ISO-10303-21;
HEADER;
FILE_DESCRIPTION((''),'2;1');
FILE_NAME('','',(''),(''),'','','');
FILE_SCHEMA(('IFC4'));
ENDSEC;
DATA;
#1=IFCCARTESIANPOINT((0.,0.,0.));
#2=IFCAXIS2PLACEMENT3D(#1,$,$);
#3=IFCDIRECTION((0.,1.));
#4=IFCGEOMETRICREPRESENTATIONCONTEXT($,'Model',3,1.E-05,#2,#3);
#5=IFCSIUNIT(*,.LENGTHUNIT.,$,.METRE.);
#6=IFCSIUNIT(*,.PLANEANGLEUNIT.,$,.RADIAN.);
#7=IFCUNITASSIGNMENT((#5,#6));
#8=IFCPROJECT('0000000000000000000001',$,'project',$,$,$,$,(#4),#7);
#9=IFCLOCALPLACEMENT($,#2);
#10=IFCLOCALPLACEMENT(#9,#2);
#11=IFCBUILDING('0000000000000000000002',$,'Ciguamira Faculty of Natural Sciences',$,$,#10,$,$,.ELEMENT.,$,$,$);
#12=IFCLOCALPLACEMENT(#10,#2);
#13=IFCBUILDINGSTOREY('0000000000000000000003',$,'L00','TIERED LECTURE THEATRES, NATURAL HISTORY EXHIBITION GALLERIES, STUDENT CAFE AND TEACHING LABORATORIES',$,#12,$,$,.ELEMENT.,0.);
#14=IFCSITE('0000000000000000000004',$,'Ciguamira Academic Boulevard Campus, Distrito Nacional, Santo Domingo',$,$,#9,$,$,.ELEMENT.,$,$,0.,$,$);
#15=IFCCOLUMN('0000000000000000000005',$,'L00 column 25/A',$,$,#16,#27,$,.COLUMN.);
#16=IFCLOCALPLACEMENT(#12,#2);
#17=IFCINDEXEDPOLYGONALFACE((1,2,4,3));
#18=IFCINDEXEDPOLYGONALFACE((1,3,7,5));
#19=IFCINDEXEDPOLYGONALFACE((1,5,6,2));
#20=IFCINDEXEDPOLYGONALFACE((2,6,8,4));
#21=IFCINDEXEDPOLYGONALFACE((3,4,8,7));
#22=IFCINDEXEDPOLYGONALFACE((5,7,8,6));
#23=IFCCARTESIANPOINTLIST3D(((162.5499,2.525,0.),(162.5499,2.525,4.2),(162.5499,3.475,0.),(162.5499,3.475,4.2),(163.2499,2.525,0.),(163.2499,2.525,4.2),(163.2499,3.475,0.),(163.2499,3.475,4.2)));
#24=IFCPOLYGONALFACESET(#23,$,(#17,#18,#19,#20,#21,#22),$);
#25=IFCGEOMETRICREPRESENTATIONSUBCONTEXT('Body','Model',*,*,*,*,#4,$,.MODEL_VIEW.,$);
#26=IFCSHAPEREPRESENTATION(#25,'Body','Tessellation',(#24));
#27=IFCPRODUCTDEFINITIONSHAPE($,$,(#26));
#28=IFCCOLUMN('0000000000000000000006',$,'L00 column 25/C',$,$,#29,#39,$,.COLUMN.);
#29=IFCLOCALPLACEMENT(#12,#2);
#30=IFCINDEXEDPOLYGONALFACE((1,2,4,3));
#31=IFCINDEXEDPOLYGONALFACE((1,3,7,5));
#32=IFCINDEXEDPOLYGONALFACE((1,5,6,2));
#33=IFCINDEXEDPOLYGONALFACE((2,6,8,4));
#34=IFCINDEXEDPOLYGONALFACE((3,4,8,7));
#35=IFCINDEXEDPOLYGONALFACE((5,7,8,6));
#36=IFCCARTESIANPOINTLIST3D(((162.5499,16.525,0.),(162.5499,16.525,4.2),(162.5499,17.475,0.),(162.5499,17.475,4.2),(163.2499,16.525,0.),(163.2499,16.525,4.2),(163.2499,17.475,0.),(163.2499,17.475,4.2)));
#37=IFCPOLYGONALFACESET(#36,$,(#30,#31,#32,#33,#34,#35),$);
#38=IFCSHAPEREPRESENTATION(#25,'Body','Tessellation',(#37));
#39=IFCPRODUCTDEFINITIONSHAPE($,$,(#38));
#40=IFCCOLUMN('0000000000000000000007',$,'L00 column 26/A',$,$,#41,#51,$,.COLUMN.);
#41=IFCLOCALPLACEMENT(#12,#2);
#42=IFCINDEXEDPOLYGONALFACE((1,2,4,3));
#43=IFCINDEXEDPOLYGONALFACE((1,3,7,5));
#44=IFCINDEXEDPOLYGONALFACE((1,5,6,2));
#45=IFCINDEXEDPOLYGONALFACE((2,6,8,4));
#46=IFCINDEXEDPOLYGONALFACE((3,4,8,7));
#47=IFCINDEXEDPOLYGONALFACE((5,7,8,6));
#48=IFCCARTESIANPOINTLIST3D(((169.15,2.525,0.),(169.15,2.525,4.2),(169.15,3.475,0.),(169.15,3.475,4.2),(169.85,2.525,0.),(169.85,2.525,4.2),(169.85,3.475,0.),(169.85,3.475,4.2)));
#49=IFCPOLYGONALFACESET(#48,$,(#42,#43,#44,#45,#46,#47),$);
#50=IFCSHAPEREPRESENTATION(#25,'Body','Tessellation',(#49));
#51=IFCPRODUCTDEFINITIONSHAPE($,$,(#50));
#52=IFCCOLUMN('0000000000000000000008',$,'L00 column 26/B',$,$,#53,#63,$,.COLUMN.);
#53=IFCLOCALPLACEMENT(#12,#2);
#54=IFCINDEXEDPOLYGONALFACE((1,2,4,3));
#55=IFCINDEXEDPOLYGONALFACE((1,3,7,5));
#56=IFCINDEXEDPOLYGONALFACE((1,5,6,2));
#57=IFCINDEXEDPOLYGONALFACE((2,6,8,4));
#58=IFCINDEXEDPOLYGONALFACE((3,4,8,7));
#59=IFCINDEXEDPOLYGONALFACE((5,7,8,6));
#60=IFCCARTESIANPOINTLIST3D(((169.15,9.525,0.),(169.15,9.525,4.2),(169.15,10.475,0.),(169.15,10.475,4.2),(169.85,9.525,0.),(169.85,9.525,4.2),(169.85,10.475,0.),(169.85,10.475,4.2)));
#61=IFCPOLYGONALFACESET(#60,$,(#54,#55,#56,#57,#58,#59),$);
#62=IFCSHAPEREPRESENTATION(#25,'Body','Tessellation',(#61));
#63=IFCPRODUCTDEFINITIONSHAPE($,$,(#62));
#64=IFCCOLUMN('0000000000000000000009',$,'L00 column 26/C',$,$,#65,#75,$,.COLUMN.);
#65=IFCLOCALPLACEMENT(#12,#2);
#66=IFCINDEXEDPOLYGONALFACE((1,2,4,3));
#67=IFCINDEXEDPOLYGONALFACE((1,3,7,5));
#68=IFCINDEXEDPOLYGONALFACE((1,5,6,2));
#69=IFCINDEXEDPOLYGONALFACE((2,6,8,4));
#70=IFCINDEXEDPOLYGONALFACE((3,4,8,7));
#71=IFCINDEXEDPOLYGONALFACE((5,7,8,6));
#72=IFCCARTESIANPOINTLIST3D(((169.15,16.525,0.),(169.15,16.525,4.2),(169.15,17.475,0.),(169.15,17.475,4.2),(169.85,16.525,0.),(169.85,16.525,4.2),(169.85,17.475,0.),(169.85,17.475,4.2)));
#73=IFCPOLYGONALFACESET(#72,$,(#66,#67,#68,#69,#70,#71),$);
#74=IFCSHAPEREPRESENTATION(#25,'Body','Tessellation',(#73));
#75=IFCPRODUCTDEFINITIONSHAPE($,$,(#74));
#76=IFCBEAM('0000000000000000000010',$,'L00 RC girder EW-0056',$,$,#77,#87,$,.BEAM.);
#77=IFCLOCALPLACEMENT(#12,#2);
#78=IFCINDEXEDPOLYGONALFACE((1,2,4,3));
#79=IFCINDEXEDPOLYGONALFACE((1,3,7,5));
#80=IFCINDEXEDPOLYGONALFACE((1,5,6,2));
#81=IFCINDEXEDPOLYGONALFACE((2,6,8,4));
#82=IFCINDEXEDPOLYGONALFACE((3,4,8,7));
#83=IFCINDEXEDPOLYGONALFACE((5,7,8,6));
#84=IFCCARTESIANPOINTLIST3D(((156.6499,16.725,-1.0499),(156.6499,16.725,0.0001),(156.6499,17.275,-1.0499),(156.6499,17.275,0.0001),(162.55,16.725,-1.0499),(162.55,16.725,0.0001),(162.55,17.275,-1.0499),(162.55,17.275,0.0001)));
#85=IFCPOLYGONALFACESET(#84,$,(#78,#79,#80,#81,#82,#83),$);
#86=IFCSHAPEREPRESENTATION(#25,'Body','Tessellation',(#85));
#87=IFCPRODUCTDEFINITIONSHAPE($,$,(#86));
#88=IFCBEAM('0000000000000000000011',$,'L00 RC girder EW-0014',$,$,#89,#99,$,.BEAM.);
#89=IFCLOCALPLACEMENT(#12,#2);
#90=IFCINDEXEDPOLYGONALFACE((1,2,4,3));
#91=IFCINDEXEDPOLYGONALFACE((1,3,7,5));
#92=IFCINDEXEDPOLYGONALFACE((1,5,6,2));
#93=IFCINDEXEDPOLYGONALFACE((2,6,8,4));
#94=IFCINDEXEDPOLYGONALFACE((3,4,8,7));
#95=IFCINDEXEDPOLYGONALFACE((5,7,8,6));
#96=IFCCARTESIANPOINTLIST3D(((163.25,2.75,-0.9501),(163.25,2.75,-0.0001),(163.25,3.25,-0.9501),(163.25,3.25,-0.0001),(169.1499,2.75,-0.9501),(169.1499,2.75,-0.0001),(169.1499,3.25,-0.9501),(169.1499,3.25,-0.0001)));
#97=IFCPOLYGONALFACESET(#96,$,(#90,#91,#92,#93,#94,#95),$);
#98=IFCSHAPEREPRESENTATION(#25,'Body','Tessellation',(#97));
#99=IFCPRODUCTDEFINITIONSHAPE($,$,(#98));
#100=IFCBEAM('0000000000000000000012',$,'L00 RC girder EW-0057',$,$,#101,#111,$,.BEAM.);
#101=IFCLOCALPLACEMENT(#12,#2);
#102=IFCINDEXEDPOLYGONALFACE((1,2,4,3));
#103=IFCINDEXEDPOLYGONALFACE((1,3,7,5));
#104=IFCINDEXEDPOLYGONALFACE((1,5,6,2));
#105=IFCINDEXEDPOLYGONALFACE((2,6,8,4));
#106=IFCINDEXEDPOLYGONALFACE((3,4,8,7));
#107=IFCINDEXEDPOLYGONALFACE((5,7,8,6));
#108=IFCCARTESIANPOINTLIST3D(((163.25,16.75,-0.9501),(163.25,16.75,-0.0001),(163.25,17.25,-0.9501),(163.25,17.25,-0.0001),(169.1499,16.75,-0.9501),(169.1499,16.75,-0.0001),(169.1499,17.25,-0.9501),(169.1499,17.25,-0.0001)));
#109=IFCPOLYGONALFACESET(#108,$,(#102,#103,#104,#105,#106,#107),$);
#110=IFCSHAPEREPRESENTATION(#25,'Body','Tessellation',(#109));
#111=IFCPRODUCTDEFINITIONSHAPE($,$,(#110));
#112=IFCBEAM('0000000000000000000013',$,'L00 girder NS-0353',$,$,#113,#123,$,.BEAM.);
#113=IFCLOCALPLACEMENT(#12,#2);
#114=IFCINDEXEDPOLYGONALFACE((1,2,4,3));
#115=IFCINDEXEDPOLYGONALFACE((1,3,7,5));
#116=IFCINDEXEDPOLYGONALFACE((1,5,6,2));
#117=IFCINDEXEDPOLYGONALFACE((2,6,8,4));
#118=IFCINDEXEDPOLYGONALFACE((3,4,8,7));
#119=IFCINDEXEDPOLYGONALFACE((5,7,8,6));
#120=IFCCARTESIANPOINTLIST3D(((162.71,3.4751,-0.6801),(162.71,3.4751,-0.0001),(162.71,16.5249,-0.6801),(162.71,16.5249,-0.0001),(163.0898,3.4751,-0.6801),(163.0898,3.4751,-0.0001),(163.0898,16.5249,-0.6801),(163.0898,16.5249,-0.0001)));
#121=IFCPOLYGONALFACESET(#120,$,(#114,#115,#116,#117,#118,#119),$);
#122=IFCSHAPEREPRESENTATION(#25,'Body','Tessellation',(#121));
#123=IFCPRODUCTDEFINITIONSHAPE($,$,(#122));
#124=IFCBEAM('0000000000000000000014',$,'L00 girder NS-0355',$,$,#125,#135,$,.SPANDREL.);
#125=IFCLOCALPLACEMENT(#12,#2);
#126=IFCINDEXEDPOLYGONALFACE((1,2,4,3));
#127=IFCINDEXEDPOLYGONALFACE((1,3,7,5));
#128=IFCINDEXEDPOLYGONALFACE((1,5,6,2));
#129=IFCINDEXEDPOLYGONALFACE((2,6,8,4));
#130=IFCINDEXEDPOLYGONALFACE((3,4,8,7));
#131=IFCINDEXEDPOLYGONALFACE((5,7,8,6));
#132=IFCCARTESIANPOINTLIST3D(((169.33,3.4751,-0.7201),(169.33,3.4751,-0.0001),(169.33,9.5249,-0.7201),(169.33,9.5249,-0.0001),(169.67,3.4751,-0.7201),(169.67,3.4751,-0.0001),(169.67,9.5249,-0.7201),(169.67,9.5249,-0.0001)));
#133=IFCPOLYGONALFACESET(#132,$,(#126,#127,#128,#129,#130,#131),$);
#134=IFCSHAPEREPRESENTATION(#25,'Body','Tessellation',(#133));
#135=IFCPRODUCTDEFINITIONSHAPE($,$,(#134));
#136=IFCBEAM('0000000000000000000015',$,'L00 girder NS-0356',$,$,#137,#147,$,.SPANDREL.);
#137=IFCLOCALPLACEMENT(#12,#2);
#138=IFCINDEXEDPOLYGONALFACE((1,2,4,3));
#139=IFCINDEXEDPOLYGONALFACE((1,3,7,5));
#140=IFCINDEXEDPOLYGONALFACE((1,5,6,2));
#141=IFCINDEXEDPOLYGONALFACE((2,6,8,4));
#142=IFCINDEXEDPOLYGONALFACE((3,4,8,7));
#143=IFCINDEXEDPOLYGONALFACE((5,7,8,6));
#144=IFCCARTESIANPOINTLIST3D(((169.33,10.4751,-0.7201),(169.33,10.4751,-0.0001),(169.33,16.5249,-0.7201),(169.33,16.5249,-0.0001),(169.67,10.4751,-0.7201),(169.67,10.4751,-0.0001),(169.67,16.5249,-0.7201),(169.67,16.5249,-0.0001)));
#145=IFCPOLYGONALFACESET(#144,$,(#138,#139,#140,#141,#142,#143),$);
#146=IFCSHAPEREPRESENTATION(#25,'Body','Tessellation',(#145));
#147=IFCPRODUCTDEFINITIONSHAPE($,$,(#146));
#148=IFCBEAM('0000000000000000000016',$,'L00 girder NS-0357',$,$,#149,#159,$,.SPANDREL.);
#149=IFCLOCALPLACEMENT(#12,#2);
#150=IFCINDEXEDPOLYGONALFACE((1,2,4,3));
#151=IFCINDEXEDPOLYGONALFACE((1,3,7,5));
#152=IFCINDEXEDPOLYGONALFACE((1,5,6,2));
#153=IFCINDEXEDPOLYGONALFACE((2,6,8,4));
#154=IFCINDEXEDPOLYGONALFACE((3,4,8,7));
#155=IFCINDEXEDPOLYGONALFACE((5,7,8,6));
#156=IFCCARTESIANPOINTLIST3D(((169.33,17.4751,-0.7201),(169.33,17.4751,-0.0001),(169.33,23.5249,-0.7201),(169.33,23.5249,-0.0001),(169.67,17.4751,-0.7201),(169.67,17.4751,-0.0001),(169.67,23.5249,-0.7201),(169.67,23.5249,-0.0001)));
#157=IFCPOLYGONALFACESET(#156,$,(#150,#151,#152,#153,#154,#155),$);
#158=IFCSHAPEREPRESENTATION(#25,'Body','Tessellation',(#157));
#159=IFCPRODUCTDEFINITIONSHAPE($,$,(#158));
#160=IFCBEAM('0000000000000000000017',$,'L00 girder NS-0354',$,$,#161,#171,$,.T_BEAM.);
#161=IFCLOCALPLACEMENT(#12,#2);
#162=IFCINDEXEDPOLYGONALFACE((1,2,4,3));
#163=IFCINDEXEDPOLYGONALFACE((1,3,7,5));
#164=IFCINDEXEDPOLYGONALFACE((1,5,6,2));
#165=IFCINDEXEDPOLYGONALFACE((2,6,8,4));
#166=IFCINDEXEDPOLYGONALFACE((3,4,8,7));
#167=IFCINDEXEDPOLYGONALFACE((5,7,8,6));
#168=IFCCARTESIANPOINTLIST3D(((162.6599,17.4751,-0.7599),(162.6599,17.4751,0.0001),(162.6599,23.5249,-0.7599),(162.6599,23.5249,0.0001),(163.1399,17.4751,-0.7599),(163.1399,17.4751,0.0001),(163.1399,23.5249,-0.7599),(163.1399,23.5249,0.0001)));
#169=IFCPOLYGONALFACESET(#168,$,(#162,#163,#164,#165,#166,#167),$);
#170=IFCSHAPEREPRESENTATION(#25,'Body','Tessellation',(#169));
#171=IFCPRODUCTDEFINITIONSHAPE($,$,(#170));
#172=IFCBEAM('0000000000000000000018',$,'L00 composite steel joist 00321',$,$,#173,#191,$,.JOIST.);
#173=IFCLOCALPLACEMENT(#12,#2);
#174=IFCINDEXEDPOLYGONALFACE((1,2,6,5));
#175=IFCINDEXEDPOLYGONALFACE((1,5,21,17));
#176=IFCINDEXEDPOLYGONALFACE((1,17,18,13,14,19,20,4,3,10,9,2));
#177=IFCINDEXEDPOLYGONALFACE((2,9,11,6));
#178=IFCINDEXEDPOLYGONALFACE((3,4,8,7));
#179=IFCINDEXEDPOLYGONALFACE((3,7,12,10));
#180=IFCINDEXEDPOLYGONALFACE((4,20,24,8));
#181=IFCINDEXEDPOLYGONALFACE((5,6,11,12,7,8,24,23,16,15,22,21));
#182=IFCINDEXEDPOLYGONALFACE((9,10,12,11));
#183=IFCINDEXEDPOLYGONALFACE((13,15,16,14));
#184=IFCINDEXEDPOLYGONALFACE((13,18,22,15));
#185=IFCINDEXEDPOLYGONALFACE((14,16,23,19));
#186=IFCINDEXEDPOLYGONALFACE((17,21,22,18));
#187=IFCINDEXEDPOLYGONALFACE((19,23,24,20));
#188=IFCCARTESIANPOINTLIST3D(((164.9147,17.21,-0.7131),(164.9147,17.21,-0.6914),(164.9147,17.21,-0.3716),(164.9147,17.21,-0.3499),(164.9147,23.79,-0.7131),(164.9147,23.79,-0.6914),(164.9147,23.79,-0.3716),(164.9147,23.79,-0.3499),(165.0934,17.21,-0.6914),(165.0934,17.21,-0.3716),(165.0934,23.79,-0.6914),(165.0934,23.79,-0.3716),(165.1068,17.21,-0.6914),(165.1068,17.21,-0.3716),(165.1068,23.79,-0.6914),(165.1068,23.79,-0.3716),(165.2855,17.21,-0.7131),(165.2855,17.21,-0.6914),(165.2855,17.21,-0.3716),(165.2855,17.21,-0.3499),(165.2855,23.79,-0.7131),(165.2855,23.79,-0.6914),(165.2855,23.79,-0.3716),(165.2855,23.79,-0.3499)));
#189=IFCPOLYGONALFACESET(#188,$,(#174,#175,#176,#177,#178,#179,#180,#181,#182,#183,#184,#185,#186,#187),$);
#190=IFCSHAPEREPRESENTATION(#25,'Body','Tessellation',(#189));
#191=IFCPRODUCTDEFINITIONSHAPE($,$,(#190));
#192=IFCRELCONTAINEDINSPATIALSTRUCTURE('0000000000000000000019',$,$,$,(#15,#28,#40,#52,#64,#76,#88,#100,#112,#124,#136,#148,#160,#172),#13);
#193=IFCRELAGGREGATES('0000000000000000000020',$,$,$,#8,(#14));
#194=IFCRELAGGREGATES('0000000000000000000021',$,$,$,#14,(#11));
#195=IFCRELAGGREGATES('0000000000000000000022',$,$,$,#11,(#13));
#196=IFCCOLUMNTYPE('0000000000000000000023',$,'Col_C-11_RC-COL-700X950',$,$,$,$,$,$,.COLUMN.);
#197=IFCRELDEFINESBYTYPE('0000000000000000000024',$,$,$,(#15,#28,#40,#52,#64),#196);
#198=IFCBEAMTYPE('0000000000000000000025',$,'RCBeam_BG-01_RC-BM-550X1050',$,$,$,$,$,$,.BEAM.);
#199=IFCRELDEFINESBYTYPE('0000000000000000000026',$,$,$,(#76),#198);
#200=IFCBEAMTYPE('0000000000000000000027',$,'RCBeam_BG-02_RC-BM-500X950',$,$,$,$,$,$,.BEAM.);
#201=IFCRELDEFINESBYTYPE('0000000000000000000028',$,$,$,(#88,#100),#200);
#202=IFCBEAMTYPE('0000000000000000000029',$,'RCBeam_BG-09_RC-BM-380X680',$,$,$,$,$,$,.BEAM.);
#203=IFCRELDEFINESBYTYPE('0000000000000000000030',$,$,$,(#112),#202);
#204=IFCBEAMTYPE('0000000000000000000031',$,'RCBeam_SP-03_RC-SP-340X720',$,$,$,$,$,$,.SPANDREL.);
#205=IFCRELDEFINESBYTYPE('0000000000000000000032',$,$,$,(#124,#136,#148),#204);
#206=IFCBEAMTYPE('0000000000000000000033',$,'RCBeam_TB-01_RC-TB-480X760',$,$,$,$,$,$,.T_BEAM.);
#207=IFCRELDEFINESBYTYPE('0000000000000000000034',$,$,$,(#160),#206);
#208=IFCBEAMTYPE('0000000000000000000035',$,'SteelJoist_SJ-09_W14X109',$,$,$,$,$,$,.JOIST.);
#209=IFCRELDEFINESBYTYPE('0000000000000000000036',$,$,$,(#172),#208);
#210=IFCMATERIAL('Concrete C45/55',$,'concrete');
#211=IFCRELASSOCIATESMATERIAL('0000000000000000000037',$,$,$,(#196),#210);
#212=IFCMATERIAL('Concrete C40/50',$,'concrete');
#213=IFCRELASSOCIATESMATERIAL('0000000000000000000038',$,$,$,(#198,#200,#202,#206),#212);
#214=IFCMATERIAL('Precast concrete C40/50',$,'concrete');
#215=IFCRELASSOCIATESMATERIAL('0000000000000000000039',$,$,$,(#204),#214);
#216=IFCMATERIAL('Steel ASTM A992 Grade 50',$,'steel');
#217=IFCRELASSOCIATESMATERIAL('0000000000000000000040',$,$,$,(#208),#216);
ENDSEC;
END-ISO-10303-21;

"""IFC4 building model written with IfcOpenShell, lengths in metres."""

from ifc_helpers import new_model, si_unit, direction, frame, origin, origin_2d, place, context, subcontext, project, spatial, rectangle, i_section, extrude, material, material_profile, profile_set, type_object, element, save


model = new_model("IFC4")

# Units and contexts
model_context = context("Model", 3, precision=1e-05, world=origin(), true_north=direction((0.0, 1.0)))
body_context = subcontext(model_context, "Body", "Model", "MODEL_VIEW")
ifc_project = project(units=[si_unit("LENGTHUNIT", "METRE"), si_unit("PLANEANGLEUNIT", "RADIAN")], contexts=[model_context])

# Site, building, storey
site_placement = place(None, origin())
site = spatial("IfcSite", under=ifc_project, at=site_placement, Name="Ciguamira Academic Boulevard Campus, Distrito Nacional, Santo Domingo", CompositionType="ELEMENT", RefElevation=0.0)
building_placement = place(site_placement, origin())
building = spatial("IfcBuilding", under=site, at=building_placement, Name="Ciguamira Faculty of Natural Sciences", CompositionType="ELEMENT")
storey_placement = place(building_placement, origin())
storey = spatial("IfcBuildingStorey", under=building, at=storey_placement, Name="L00", Description="TIERED LECTURE THEATRES, NATURAL HISTORY EXHIBITION GALLERIES, STUDENT CAFE AND TEACHING LABORATORIES", CompositionType="ELEMENT", Elevation=0.0)

# Columns
ifc_material_1 = material(Name="Concrete C45/55", Category="concrete")
ifc_material_profile_1 = material_profile(ifc_material_1, rectangle(XDim=0.7, YDim=0.95, at=origin_2d()), Name="RC-COL-700X950")
ifc_profile_set_1 = profile_set([ifc_material_profile_1], Name="Concrete C45/55")
column_type = type_object("IfcColumnType", Name="Col_C-11_RC-COL-700X950", PredefinedType="COLUMN", material=ifc_profile_set_1)
for number, where, z_axis, x_axis, name in (
    (1, (162.8999, 3.0, 0.0), (0.0, 0.0, 1.0), (1.0, 0.0, 0.0), "L00 column 25/A"),
    (2, (162.8999, 17.0, 0.0), (0.0, 0.0, 1.0), (1.0, 0.0, 0.0), "L00 column 25/C"),
    (3, (169.5, 3.0, 0.0), (0.0, 0.0, 1.0), (1.0, 0.0, 0.0), "L00 column 26/A"),
    (4, (169.5, 10.0, 0.0), (0.0, 0.0, 1.0), (1.0, 0.0, 0.0), "L00 column 26/B"),
    (5, (169.5, 17.0, 0.0), (0.0, 0.0, 1.0), (1.0, 0.0, 0.0), "L00 column 26/C"),
):
    element("IfcColumn", number, at=place(storey_placement, frame(where, z_axis=z_axis, x_axis=x_axis)), inside=storey, type_object=column_type, Name=name, PredefinedType="COLUMN", context=body_context, shape_type="SweptSolid", body=[
        extrude(rectangle(XDim=0.7, YDim=0.95, at=origin_2d()), origin(), (0.0, 0.0, 1.0), 4.2),
    ])

# Beams
ifc_material_2 = material(Name="Concrete C40/50", Category="concrete")
ifc_material_profile_2 = material_profile(ifc_material_2, rectangle(XDim=0.55, YDim=1.05, at=origin_2d()), Name="RC-BM-550X1050")
ifc_profile_set_2 = profile_set([ifc_material_profile_2], Name="Concrete C40/50")
beam_type_1 = type_object("IfcBeamType", Name="RCBeam_BG-01_RC-BM-550X1050", PredefinedType="BEAM", material=ifc_profile_set_2)
beam_1_placement = place(storey_placement, frame((156.6499, 17.0, -0.5249), z_axis=(1.0, 0.0, 0.0), x_axis=(0.0, 1.0, 0.0)))
element("IfcBeam", 6, at=beam_1_placement, inside=storey, type_object=beam_type_1, Name="L00 RC girder EW-0056", PredefinedType="BEAM", context=body_context, shape_type="SweptSolid", body=[
    extrude(rectangle(XDim=0.55, YDim=1.05, at=origin_2d()), origin(), (0.0, 0.0, 1.0), 5.9001),
])
ifc_material_profile_3 = material_profile(ifc_material_2, rectangle(XDim=0.5, YDim=0.95, at=origin_2d()), Name="RC-BM-500X950")
ifc_profile_set_3 = profile_set([ifc_material_profile_3], Name="Concrete C40/50")
beam_type_2 = type_object("IfcBeamType", Name="RCBeam_BG-02_RC-BM-500X950", PredefinedType="BEAM", material=ifc_profile_set_3)
for number, where, z_axis, x_axis, name in (
    (7, (163.25, 3.0, -0.4751), (1.0, 0.0, 0.0), (0.0, 1.0, 0.0), "L00 RC girder EW-0014"),
    (8, (163.25, 17.0, -0.4751), (1.0, 0.0, 0.0), (0.0, 1.0, 0.0), "L00 RC girder EW-0057"),
):
    element("IfcBeam", number, at=place(storey_placement, frame(where, z_axis=z_axis, x_axis=x_axis)), inside=storey, type_object=beam_type_2, Name=name, PredefinedType="BEAM", context=body_context, shape_type="SweptSolid", body=[
        extrude(rectangle(XDim=0.5, YDim=0.95, at=origin_2d()), origin(), (0.0, 0.0, 1.0), 5.8999),
    ])
ifc_material_profile_4 = material_profile(ifc_material_2, rectangle(XDim=0.3799, YDim=0.6799, at=origin_2d()), Name="RC-BM-380X680")
ifc_profile_set_4 = profile_set([ifc_material_profile_4], Name="Concrete C40/50")
beam_type_3 = type_object("IfcBeamType", Name="RCBeam_BG-09_RC-BM-380X680", PredefinedType="BEAM", material=ifc_profile_set_4)
beam_2_placement = place(storey_placement, frame((162.8999, 3.4751, -0.3401), z_axis=(0.0, 1.0, 0.0), x_axis=(-1.0, 0.0, 0.0)))
element("IfcBeam", 9, at=beam_2_placement, inside=storey, type_object=beam_type_3, Name="L00 girder NS-0353", PredefinedType="BEAM", context=body_context, shape_type="SweptSolid", body=[
    extrude(rectangle(XDim=0.3799, YDim=0.6799, at=origin_2d()), origin(), (0.0, 0.0, 1.0), 13.0498),
])
ifc_material_3 = material(Name="Precast concrete C40/50", Category="concrete")
ifc_material_profile_5 = material_profile(ifc_material_3, rectangle(XDim=0.3401, YDim=0.72, at=origin_2d()), Name="RC-SP-340X720")
ifc_profile_set_5 = profile_set([ifc_material_profile_5], Name="Precast concrete C40/50")
beam_type_4 = type_object("IfcBeamType", Name="RCBeam_SP-03_RC-SP-340X720", PredefinedType="SPANDREL", material=ifc_profile_set_5)
for number, where, z_axis, x_axis, name in (
    (10, (169.5, 3.4751, -0.3601), (0.0, 1.0, 0.0), (-1.0, 0.0, 0.0), "L00 girder NS-0355"),
    (11, (169.5, 10.4751, -0.3601), (0.0, 1.0, 0.0), (-1.0, 0.0, 0.0), "L00 girder NS-0356"),
    (12, (169.5, 17.4751, -0.3601), (0.0, 1.0, 0.0), (-1.0, 0.0, 0.0), "L00 girder NS-0357"),
):
    element("IfcBeam", number, at=place(storey_placement, frame(where, z_axis=z_axis, x_axis=x_axis)), inside=storey, type_object=beam_type_4, Name=name, PredefinedType="SPANDREL", context=body_context, shape_type="SweptSolid", body=[
        extrude(rectangle(XDim=0.3401, YDim=0.72, at=origin_2d()), origin(), (0.0, 0.0, 1.0), 6.0498),
    ])
ifc_material_profile_6 = material_profile(ifc_material_2, rectangle(XDim=0.48, YDim=0.76, at=origin_2d()), Name="RC-TB-480X760")
ifc_profile_set_6 = profile_set([ifc_material_profile_6], Name="Concrete C40/50")
beam_type_5 = type_object("IfcBeamType", Name="RCBeam_TB-01_RC-TB-480X760", PredefinedType="T_BEAM", material=ifc_profile_set_6)
beam_3_placement = place(storey_placement, frame((162.8999, 17.4751, -0.3799), z_axis=(0.0, 1.0, 0.0), x_axis=(-1.0, 0.0, 0.0)))
element("IfcBeam", 13, at=beam_3_placement, inside=storey, type_object=beam_type_5, Name="L00 girder NS-0354", PredefinedType="T_BEAM", context=body_context, shape_type="SweptSolid", body=[
    extrude(rectangle(XDim=0.48, YDim=0.76, at=origin_2d()), origin(), (0.0, 0.0, 1.0), 6.0498),
])
ifc_material_4 = material(Name="Steel ASTM A992 Grade 50", Category="steel")
ifc_material_profile_7 = material_profile(ifc_material_4, i_section(OverallWidth=0.3708, OverallDepth=0.3633, WebThickness=0.0134, FlangeThickness=0.0217, at=origin_2d()), Name="W14X109")
ifc_profile_set_7 = profile_set([ifc_material_profile_7], Name="Steel ASTM A992 Grade 50")
beam_type_6 = type_object("IfcBeamType", Name="SteelJoist_SJ-09_W14X109", PredefinedType="JOIST", material=ifc_profile_set_7)
beam_4_placement = place(storey_placement, frame((165.1001, 17.21, -0.5315), z_axis=(0.0, 1.0, 0.0), x_axis=(-1.0, 0.0, 0.0)))
element("IfcBeam", 14, at=beam_4_placement, inside=storey, type_object=beam_type_6, Name="L00 composite steel joist 00321", PredefinedType="JOIST", context=body_context, shape_type="SweptSolid", body=[
    extrude(i_section(OverallWidth=0.3708, OverallDepth=0.3633, WebThickness=0.0134, FlangeThickness=0.0217, at=origin_2d()), origin(), (0.0, 0.0, 1.0), 6.5801),
])

save(model, "model.ifc")
